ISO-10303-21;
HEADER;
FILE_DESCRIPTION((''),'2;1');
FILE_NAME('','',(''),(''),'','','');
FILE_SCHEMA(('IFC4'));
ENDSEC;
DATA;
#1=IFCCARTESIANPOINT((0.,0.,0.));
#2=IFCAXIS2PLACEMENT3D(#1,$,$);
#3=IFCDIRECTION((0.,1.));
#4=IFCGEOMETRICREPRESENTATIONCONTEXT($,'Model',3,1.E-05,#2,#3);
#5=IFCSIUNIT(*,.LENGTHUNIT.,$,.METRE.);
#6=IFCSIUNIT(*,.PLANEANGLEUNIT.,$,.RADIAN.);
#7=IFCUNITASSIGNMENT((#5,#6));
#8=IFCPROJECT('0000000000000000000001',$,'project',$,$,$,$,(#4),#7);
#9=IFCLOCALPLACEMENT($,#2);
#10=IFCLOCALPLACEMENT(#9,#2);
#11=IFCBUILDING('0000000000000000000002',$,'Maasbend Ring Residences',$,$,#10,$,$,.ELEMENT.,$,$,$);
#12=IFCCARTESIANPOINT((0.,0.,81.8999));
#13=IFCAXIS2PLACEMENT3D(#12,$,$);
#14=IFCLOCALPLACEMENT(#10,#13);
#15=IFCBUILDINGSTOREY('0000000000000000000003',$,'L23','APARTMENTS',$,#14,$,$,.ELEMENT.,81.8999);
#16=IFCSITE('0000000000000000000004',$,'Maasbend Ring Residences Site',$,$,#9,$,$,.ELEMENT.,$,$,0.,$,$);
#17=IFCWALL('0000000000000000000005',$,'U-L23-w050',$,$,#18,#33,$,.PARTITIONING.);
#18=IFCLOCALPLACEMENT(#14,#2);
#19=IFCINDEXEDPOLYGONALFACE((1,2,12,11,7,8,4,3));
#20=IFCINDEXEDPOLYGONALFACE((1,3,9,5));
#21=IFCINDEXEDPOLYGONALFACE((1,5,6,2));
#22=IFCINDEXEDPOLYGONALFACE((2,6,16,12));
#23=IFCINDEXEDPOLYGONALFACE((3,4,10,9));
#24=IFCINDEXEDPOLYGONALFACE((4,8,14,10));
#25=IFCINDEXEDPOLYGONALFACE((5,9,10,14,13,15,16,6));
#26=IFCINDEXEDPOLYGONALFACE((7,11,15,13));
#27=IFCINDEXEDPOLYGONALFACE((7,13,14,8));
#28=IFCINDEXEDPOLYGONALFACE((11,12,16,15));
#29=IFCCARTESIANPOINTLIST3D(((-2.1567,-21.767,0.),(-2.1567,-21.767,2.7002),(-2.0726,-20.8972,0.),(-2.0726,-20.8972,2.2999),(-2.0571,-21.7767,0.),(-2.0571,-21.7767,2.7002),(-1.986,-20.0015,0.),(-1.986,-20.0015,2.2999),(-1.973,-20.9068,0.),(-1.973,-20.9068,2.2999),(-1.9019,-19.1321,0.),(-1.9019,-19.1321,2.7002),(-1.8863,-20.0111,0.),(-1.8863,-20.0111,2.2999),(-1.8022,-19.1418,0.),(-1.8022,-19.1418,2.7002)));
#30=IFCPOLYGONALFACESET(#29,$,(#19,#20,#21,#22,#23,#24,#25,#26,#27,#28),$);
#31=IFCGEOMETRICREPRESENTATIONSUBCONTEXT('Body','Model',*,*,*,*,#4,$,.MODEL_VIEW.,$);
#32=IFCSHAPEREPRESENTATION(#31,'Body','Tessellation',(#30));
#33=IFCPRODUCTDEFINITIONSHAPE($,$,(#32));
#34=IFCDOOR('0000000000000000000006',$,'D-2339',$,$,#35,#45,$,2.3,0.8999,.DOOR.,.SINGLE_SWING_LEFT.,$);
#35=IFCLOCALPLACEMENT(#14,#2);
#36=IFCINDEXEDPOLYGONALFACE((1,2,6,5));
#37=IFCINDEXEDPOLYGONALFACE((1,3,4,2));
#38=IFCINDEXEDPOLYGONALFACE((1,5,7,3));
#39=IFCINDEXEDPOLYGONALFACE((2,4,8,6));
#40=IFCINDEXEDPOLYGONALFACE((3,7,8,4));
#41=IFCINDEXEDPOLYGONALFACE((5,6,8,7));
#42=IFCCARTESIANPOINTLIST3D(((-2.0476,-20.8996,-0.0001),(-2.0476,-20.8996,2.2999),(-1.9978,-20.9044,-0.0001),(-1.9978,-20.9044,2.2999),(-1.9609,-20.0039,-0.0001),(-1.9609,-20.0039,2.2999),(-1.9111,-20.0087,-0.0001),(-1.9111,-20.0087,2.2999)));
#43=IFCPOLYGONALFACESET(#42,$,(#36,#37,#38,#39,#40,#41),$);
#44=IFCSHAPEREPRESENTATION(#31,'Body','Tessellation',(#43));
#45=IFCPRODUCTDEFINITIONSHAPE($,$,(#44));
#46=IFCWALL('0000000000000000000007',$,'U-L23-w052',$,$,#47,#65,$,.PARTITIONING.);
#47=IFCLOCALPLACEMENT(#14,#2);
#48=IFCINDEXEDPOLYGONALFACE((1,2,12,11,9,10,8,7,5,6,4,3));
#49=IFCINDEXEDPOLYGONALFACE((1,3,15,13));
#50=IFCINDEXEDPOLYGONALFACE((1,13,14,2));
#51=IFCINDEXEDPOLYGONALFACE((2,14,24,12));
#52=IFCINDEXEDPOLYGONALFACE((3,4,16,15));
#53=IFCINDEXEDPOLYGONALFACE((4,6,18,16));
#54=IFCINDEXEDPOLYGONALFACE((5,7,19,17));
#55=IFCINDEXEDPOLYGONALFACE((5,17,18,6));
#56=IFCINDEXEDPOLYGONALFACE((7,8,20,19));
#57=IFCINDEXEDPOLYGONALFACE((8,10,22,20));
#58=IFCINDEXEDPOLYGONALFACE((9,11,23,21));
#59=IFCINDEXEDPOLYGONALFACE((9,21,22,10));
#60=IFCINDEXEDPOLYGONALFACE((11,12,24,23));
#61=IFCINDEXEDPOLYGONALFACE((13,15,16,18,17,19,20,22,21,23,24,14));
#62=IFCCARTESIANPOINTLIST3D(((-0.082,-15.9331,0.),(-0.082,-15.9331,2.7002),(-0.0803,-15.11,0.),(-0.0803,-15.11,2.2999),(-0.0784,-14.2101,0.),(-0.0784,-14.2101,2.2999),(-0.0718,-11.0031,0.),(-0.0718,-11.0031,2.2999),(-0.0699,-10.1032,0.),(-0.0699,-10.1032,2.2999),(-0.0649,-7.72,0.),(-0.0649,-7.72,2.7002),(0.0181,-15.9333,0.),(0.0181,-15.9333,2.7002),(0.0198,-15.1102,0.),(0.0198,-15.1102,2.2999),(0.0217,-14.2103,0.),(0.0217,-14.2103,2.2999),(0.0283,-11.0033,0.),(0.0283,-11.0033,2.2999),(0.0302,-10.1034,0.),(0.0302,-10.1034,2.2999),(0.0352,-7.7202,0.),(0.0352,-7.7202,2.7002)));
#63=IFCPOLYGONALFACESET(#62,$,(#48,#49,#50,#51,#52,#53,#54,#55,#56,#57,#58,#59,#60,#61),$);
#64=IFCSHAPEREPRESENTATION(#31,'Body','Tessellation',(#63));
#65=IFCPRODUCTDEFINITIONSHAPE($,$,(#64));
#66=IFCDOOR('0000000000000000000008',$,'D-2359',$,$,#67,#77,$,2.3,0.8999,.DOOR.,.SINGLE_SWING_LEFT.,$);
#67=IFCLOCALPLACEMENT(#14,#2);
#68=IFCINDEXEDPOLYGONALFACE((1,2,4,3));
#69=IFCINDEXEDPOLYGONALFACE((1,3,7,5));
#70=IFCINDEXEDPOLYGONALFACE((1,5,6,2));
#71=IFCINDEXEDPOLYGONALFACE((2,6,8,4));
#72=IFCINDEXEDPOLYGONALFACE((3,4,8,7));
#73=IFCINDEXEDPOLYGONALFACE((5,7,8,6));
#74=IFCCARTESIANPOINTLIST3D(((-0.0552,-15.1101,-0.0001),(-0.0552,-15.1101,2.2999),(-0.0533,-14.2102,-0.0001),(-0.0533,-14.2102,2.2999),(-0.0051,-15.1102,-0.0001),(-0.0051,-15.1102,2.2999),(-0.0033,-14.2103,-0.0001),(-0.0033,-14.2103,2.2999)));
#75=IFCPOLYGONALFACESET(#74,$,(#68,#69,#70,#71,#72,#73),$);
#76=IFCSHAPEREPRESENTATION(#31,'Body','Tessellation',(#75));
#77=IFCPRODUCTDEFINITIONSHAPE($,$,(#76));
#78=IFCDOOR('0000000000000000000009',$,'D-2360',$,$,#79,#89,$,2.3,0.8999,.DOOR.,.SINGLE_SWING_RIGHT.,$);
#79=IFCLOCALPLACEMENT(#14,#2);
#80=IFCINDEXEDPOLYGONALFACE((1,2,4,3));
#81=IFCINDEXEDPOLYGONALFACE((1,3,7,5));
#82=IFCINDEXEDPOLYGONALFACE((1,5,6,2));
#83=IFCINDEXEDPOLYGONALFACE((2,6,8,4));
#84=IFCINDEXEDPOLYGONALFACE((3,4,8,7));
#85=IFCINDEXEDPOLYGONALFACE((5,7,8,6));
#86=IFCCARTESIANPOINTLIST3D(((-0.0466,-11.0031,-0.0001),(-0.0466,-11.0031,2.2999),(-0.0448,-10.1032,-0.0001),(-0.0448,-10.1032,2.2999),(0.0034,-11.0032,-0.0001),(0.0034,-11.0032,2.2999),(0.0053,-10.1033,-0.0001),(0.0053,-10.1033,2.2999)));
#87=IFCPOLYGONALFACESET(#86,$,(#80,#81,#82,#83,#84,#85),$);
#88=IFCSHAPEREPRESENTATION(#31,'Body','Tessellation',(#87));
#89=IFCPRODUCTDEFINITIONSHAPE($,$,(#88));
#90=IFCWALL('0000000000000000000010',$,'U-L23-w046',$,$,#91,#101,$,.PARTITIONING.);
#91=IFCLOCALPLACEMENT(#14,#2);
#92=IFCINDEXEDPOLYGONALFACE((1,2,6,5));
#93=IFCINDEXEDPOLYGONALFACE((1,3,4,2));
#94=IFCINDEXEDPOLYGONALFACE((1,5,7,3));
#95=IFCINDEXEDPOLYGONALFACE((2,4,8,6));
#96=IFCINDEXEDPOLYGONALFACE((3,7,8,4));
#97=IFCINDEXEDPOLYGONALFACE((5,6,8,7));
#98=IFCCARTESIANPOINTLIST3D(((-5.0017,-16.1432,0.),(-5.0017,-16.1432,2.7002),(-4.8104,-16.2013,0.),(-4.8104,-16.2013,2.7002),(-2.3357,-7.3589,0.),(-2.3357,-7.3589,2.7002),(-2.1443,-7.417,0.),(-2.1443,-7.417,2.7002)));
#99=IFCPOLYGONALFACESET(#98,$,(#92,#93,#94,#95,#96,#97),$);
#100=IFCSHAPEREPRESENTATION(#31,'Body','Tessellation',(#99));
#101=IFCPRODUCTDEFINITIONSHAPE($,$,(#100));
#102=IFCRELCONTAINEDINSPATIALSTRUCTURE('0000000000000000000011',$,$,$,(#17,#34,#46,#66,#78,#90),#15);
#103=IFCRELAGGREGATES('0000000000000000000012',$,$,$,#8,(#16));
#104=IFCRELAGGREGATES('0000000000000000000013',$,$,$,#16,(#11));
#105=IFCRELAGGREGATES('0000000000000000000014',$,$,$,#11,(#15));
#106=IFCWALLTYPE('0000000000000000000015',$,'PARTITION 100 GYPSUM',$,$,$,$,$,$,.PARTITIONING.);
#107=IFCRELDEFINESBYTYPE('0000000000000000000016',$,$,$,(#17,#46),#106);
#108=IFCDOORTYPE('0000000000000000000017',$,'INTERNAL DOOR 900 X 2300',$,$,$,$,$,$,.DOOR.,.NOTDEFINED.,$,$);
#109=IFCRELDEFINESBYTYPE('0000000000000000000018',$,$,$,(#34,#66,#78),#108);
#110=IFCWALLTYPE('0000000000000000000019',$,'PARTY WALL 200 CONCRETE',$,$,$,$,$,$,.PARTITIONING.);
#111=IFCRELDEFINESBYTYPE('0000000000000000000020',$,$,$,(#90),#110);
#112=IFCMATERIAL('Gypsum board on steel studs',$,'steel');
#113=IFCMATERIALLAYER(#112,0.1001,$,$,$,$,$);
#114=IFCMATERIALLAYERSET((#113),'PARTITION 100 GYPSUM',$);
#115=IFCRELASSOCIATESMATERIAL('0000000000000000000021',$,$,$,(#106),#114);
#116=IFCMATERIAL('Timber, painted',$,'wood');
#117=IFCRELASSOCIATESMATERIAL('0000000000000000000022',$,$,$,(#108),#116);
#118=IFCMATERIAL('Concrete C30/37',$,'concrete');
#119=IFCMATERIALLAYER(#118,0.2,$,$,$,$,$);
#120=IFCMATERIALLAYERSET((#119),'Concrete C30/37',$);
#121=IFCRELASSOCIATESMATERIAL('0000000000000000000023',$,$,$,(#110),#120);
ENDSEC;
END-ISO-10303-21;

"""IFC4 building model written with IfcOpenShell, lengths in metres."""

from ifc_helpers import new_model, si_unit, direction, frame, frame_2d, origin, place, context, subcontext, project, spatial, rectangle, extrude, material, layer, layer_set, type_object, element, fill, save


model = new_model("IFC4")

# Units and contexts
model_context = context("Model", 3, precision=1e-05, world=origin(), true_north=direction((0.0, 1.0)))
body_context = subcontext(model_context, "Body", "Model", "MODEL_VIEW")
ifc_project = project(units=[si_unit("LENGTHUNIT", "METRE"), si_unit("PLANEANGLEUNIT", "RADIAN")], contexts=[model_context])

# Site, building, storey
site_placement = place(None, origin())
site = spatial("IfcSite", under=ifc_project, at=site_placement, Name="Maasbend Ring Residences Site", CompositionType="ELEMENT", RefElevation=0.0)
building_placement = place(site_placement, origin())
building = spatial("IfcBuilding", under=site, at=building_placement, Name="Maasbend Ring Residences", CompositionType="ELEMENT")
storey_placement = place(building_placement, frame((0.0, 0.0, 81.8999)))
storey = spatial("IfcBuildingStorey", under=building, at=storey_placement, Name="L23", Description="APARTMENTS", CompositionType="ELEMENT", Elevation=81.8999)

# Shared definitions
ifc_material_1 = material(Name="Gypsum board on steel studs", Category="steel")
ifc_layer_1 = layer(ifc_material_1, 0.1001)
ifc_layer_set_1 = layer_set([ifc_layer_1], Name="PARTITION 100 GYPSUM")
wall_type_1 = type_object("IfcWallType", Name="PARTITION 100 GYPSUM", PredefinedType="PARTITIONING", material=ifc_layer_set_1)

# Shared definitions
ifc_material_2 = material(Name="Timber, painted", Category="wood")
door_type_1 = type_object("IfcDoorType", Name="INTERNAL DOOR 900 X 2300", OperationType="NOTDEFINED", PredefinedType="DOOR", material=ifc_material_2)

# Wall, opening, door
wall_1_placement = place(storey_placement, frame((-2.1069, -21.772, 0.0), z_axis=(0.0, 0.0, 1.0), x_axis=(0.09628, 0.995354, 0.0)))
wall_1 = element("IfcWall", 1, at=wall_1_placement, inside=storey, type_object=wall_type_1, Name="U-L23-w050", PredefinedType="PARTITIONING", context=body_context, shape_type="SweptSolid", body=[
    extrude(rectangle(XDim=2.6472, YDim=0.1001, at=frame_2d((1.3237, 0.0))), origin(), (0.0, 0.0, 1.0), 2.7002),
])
opening_1_placement = place(wall_1_placement, frame((0.874, 0.0, 0.0)))
opening_1 = element("IfcOpeningElement", 2, at=opening_1_placement, cuts=wall_1, PredefinedType="OPENING", context=body_context, shape_type="SweptSolid", body=[
    extrude(rectangle(XDim=0.8999, YDim=2.3, at=frame_2d((0.45, 1.1499))), frame((0.0, 0.0601, 0.0), z_axis=(0.0, -1.0, 0.0), x_axis=(1.0, 0.0, 0.0)), (0.0, 0.0, 1.0), 0.1201),
])
door_1_placement = place(opening_1_placement, origin())
door_1 = element("IfcDoor", 3, at=door_1_placement, inside=storey, type_object=door_type_1, Name="D-2339", OperationType="SINGLE_SWING_LEFT", OverallHeight=2.3, OverallWidth=0.8999, PredefinedType="DOOR", context=body_context, shape_type="SweptSolid", body=[
    extrude(rectangle(XDim=0.8999, YDim=2.3, at=frame_2d((0.45, 1.1499))), frame((0.0, 0.0249, 0.0), z_axis=(0.0, -1.0, 0.0), x_axis=(1.0, 0.0, 0.0)), (0.0, 0.0, 1.0), 0.05),
])
fill(opening_1, door_1)

# Wall, openings, doors
wall_2_placement = place(storey_placement, frame((-0.032, -15.9331, 0.0), z_axis=(0.0, 0.0, 1.0), x_axis=(0.002081, 0.999998, 0.0)))
wall_2 = element("IfcWall", 4, at=wall_2_placement, inside=storey, type_object=wall_type_1, Name="U-L23-w052", PredefinedType="PARTITIONING", context=body_context, shape_type="SweptSolid", body=[
    extrude(rectangle(XDim=8.2131, YDim=0.1001, at=frame_2d((4.1064, 0.0))), origin(), (0.0, 0.0, 1.0), 2.7002),
])
opening_2_placement = place(wall_2_placement, frame((0.823, 0.0, 0.0)))
opening_2 = element("IfcOpeningElement", 5, at=opening_2_placement, cuts=wall_2, PredefinedType="OPENING", context=body_context, shape_type="SweptSolid", body=[
    extrude(rectangle(XDim=0.8999, YDim=2.3, at=frame_2d((0.45, 1.1499))), frame((0.0, 0.0601, 0.0), z_axis=(0.0, -1.0, 0.0), x_axis=(1.0, 0.0, 0.0)), (0.0, 0.0, 1.0), 0.1201),
])
opening_3_placement = place(wall_2_placement, frame((4.9299, 0.0, 0.0)))
opening_3 = element("IfcOpeningElement", 6, at=opening_3_placement, cuts=wall_2, PredefinedType="OPENING", context=body_context, shape_type="SweptSolid", body=[
    extrude(rectangle(XDim=0.8999, YDim=2.3, at=frame_2d((0.45, 1.1499))), frame((0.0, 0.0601, 0.0), z_axis=(0.0, -1.0, 0.0), x_axis=(1.0, 0.0, 0.0)), (0.0, 0.0, 1.0), 0.1201),
])
door_2_placement = place(opening_2_placement, origin())
door_2 = element("IfcDoor", 7, at=door_2_placement, inside=storey, type_object=door_type_1, Name="D-2359", OperationType="SINGLE_SWING_LEFT", OverallHeight=2.3, OverallWidth=0.8999, PredefinedType="DOOR", context=body_context, shape_type="SweptSolid", body=[
    extrude(rectangle(XDim=0.8999, YDim=2.3, at=frame_2d((0.45, 1.1499))), frame((0.0, 0.0249, 0.0), z_axis=(0.0, -1.0, 0.0), x_axis=(1.0, 0.0, 0.0)), (0.0, 0.0, 1.0), 0.05),
])
fill(opening_2, door_2)
door_3_placement = place(opening_3_placement, origin())
door_3 = element("IfcDoor", 8, at=door_3_placement, inside=storey, type_object=door_type_1, Name="D-2360", OperationType="SINGLE_SWING_RIGHT", OverallHeight=2.3, OverallWidth=0.8999, PredefinedType="DOOR", context=body_context, shape_type="SweptSolid", body=[
    extrude(rectangle(XDim=0.8999, YDim=2.3, at=frame_2d((0.45, 1.1499))), frame((0.0, 0.0249, 0.0), z_axis=(0.0, -1.0, 0.0), x_axis=(1.0, 0.0, 0.0)), (0.0, 0.0, 1.0), 0.05),
])
fill(opening_3, door_3)

# Wall
ifc_material_3 = material(Name="Concrete C30/37", Category="concrete")
ifc_layer_2 = layer(ifc_material_3, 0.2)
ifc_layer_set_2 = layer_set([ifc_layer_2], Name="Concrete C30/37")
wall_type_2 = type_object("IfcWallType", Name="PARTY WALL 200 CONCRETE", PredefinedType="PARTITIONING", material=ifc_layer_set_2)
wall_3_placement = place(storey_placement, frame((-4.906, -16.1721, 0.0), z_axis=(0.0, 0.0, 1.0), x_axis=(0.290421, 0.956899, 0.0)))
element("IfcWall", 9, at=wall_3_placement, inside=storey, type_object=wall_type_2, Name="U-L23-w046", PredefinedType="PARTITIONING", context=body_context, shape_type="SweptSolid", body=[
    extrude(rectangle(XDim=9.1799, YDim=0.2, at=frame_2d((4.5898, 0.0))), origin(), (0.0, 0.0, 1.0), 2.7002),
])

save(model, "model.ifc")
